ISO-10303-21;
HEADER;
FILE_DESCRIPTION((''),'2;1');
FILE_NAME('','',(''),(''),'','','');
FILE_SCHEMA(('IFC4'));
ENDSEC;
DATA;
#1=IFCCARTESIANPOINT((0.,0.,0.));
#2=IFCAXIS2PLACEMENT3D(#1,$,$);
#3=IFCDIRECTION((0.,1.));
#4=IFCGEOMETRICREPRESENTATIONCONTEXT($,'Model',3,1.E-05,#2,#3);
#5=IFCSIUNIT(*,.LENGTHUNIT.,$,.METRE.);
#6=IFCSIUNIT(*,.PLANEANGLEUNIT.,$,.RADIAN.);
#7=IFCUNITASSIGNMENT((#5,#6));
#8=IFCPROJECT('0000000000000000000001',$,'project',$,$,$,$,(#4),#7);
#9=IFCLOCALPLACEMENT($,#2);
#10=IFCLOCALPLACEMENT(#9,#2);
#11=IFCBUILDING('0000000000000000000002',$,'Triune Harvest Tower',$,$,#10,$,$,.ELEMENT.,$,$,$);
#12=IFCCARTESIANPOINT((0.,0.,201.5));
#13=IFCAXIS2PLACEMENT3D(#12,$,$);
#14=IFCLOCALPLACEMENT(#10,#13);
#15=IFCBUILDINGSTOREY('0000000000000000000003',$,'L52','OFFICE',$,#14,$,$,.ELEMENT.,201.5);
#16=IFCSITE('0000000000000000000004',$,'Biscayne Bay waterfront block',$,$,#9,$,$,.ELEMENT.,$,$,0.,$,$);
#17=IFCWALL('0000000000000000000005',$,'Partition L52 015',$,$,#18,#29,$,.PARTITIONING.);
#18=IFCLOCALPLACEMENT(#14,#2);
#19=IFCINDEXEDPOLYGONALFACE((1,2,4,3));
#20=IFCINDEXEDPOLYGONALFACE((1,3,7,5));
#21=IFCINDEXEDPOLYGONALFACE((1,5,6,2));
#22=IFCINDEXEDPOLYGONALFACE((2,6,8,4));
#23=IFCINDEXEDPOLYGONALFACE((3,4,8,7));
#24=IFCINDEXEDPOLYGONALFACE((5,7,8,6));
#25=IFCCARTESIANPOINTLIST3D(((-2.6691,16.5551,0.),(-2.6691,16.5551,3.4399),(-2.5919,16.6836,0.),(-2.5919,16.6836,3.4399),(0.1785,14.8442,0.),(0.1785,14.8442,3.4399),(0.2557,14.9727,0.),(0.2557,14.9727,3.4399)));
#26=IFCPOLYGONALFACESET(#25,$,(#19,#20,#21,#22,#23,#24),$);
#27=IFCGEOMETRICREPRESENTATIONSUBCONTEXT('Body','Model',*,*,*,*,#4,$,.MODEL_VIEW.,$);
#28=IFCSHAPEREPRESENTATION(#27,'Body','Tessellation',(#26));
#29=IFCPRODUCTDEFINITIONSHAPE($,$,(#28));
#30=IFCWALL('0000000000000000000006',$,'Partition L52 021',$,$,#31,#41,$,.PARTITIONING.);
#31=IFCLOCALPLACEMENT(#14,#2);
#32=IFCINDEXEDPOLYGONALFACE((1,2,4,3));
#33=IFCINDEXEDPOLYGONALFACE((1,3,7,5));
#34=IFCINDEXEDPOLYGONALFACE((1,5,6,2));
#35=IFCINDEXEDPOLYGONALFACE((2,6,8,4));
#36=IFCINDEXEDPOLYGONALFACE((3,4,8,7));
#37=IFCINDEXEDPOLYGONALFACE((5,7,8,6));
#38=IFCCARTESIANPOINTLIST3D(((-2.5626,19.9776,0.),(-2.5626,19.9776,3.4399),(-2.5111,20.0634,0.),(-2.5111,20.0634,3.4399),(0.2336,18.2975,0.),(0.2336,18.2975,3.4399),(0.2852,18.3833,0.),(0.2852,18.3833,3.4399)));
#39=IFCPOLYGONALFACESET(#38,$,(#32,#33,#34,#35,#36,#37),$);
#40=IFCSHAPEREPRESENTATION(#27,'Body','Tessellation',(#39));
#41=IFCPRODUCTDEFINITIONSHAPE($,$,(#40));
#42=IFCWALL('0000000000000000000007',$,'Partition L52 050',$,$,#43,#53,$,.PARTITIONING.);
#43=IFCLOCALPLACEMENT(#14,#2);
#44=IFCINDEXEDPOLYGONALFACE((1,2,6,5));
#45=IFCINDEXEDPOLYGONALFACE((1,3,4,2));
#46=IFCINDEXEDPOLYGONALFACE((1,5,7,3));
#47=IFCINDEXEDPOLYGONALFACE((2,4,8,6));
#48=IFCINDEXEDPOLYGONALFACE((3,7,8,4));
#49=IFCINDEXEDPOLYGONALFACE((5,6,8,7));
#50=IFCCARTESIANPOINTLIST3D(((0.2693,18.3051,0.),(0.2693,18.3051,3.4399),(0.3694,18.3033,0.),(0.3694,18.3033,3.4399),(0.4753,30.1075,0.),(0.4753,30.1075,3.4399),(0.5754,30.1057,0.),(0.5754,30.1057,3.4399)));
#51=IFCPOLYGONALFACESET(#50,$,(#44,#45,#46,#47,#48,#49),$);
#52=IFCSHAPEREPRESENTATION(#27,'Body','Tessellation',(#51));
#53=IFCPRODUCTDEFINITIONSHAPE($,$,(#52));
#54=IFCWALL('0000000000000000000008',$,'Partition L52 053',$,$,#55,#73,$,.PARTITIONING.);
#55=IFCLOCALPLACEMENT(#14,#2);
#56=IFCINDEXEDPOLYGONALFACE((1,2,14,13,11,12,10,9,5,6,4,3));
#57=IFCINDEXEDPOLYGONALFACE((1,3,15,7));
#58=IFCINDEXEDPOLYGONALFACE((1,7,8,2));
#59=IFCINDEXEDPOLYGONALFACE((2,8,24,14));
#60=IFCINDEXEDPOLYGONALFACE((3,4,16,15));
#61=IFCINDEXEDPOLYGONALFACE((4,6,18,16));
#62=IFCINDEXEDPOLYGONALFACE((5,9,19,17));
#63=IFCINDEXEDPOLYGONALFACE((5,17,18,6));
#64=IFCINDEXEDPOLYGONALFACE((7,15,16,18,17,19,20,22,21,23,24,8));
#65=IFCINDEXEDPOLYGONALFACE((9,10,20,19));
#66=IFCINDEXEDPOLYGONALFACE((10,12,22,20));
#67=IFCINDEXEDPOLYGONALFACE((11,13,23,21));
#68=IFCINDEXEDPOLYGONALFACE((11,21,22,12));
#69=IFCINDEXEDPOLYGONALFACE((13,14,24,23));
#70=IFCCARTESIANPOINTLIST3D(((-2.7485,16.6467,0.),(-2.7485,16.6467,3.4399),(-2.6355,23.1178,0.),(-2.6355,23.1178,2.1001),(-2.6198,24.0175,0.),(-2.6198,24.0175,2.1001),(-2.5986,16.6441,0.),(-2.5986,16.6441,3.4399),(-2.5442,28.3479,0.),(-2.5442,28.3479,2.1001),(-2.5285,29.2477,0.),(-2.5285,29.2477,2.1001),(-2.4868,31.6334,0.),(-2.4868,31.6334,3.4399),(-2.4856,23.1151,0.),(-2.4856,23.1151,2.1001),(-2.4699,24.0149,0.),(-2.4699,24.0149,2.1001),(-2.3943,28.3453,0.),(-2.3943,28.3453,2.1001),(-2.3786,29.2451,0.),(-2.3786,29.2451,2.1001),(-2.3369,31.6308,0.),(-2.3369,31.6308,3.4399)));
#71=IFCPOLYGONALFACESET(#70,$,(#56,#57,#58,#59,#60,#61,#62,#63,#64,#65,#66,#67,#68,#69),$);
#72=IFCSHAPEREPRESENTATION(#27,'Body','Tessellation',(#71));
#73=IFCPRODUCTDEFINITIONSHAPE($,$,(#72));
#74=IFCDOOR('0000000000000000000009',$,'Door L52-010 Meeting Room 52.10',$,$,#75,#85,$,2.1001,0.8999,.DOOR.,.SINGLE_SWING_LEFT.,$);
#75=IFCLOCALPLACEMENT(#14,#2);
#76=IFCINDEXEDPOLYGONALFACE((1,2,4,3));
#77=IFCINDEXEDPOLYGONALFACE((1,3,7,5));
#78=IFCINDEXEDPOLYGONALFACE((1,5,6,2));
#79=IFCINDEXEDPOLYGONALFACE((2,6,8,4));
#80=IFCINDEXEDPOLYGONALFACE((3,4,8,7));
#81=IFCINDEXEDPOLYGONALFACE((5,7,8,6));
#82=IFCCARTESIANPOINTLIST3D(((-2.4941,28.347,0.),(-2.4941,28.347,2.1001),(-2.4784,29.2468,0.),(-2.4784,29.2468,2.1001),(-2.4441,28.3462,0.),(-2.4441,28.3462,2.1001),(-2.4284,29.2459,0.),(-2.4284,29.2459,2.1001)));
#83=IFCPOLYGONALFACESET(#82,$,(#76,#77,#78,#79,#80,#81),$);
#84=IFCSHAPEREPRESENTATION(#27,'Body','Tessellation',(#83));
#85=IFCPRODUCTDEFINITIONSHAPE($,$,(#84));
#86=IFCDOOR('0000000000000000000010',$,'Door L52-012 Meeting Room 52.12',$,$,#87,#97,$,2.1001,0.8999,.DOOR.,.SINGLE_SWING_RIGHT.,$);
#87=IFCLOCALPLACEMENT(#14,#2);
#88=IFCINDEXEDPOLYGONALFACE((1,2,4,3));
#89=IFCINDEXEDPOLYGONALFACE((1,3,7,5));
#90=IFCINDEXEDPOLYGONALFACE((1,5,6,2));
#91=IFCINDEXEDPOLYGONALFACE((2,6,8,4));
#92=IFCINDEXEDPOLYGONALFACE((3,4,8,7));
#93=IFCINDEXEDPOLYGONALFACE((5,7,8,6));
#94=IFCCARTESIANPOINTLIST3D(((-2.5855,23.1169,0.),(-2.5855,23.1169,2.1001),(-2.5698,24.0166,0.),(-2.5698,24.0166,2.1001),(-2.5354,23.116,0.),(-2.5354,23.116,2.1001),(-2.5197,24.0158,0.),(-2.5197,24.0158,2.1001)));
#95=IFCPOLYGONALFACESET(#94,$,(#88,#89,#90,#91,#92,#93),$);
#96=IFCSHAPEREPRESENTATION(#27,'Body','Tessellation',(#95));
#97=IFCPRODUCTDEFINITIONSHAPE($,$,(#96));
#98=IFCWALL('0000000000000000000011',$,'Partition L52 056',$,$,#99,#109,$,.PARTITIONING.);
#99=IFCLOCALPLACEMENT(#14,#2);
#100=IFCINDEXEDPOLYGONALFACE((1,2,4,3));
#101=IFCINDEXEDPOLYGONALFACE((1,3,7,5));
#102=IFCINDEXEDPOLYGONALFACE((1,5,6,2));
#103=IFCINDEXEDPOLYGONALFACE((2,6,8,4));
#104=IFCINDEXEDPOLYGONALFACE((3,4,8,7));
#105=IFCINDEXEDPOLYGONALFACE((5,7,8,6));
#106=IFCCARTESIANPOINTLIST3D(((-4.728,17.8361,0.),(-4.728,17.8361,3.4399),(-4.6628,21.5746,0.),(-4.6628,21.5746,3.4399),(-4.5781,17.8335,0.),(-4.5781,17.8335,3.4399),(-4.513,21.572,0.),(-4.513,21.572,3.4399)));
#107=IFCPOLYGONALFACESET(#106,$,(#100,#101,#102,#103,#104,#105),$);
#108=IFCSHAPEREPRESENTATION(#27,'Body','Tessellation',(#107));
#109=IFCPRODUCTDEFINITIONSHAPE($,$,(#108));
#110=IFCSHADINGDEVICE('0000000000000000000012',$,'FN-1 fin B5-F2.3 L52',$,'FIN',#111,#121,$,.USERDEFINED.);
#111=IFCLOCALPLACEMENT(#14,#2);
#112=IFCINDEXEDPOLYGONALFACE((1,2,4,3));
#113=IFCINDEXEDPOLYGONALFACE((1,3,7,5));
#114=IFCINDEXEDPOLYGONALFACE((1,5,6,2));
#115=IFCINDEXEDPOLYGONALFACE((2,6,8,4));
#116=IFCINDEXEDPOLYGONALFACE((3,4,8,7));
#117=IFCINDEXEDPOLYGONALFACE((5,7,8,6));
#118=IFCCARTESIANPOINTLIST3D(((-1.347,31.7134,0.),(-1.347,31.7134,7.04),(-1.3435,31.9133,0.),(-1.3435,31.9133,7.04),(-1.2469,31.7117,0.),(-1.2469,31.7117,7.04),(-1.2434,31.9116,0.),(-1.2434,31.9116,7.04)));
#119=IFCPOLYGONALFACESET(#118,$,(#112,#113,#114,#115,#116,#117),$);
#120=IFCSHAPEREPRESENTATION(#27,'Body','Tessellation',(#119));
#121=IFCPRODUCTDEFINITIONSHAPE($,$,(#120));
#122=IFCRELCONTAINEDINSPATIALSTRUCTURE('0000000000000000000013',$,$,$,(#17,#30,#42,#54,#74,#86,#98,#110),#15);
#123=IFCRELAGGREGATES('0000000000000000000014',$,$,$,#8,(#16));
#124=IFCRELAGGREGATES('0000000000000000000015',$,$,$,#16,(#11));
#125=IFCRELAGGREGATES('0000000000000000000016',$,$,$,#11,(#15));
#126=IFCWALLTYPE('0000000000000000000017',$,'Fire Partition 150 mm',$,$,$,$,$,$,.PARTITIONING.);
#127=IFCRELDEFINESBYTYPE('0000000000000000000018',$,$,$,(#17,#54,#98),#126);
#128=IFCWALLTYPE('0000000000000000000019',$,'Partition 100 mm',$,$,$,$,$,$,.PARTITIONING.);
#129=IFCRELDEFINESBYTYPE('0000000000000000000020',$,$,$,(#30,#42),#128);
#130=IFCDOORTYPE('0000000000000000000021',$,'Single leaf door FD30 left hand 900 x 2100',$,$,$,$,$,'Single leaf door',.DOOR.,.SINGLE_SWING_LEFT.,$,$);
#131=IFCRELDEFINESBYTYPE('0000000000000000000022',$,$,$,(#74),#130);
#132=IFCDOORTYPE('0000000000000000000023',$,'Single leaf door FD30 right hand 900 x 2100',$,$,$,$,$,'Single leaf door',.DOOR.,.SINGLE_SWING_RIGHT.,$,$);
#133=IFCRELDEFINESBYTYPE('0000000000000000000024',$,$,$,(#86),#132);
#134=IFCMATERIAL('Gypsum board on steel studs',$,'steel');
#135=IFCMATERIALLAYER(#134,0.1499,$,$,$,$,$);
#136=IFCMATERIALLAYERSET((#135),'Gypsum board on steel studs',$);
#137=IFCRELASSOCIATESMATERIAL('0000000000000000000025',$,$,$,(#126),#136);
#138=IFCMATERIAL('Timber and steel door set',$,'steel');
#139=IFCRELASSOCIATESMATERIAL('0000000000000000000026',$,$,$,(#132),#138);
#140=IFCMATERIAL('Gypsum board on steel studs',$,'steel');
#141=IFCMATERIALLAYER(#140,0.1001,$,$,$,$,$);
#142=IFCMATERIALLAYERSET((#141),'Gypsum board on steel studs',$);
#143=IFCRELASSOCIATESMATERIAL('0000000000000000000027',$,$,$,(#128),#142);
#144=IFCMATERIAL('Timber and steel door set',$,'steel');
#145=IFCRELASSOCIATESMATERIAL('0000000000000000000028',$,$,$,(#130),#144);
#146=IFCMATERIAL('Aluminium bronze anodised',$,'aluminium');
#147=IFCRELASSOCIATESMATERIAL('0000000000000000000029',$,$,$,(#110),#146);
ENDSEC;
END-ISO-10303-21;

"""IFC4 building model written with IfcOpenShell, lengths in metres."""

from ifc_helpers import new_model, si_unit, direction, frame, frame_2d, origin, origin_2d, place, context, subcontext, project, spatial, rectangle, extrude, source, transform, mapped, material, layer, layer_set, type_object, element, fill, save


model = new_model("IFC4")

# Units and contexts
model_context = context("Model", 3, precision=1e-05, world=origin(), true_north=direction((0.0, 1.0)))
body_context = subcontext(model_context, "Body", "Model", "MODEL_VIEW")
ifc_project = project(units=[si_unit("LENGTHUNIT", "METRE"), si_unit("PLANEANGLEUNIT", "RADIAN")], contexts=[model_context])

# Site, building, storey
site_placement = place(None, origin())
site = spatial("IfcSite", under=ifc_project, at=site_placement, Name="Biscayne Bay waterfront block", CompositionType="ELEMENT", RefElevation=0.0)
building_placement = place(site_placement, origin())
building = spatial("IfcBuilding", under=site, at=building_placement, Name="Triune Harvest Tower", CompositionType="ELEMENT")
storey_placement = place(building_placement, frame((0.0, 0.0, 201.5)))
storey = spatial("IfcBuildingStorey", under=building, at=storey_placement, Name="L52", Description="OFFICE", CompositionType="ELEMENT", Elevation=201.5)

# Shared definitions
ifc_material_1 = material(Name="Gypsum board on steel studs", Category="steel")
ifc_layer_1 = layer(ifc_material_1, 0.1499)
ifc_layer_set_1 = layer_set([ifc_layer_1], Name="Gypsum board on steel studs")
wall_type_1 = type_object("IfcWallType", Name="Fire Partition 150 mm", PredefinedType="PARTITIONING", material=ifc_layer_set_1)
ifc_material_2 = material(Name="Timber and steel door set", Category="steel")
door_type_1 = type_object("IfcDoorType", Name="Single leaf door FD30 right hand 900 x 2100", ElementType="Single leaf door", OperationType="SINGLE_SWING_RIGHT", PredefinedType="DOOR", material=ifc_material_2)

# Walls
ifc_material_3 = material(Name="Gypsum board on steel studs", Category="steel")
ifc_layer_2 = layer(ifc_material_3, 0.1001)
ifc_layer_set_2 = layer_set([ifc_layer_2], Name="Gypsum board on steel studs")
wall_type_2 = type_object("IfcWallType", Name="Partition 100 mm", PredefinedType="PARTITIONING", material=ifc_layer_set_2)
shared_shape_1 = source(origin(), body_context, "Body", "SweptSolid", [
    extrude(rectangle(XDim=3.322, YDim=0.1499, at=frame_2d((1.6611, 0.0))), origin(), (0.0, 0.0, 1.0), 3.4399),
])
wall_1_placement = place(storey_placement, frame((-2.6306, 16.6194, 0.0), z_axis=(0.0, 0.0, 1.0), x_axis=(0.857182, -0.515014, 0.0)))
element("IfcWall", 1, at=wall_1_placement, inside=storey, type_object=wall_type_1, Name="Partition L52 015", PredefinedType="PARTITIONING", context=body_context, shape_type="MappedRepresentation", body=[
    mapped(shared_shape_1, transform((0.0, 0.0, 0.0), scale=1.0)),
])
shared_shape_2 = source(origin(), body_context, "Body", "SweptSolid", [
    extrude(rectangle(XDim=3.2622, YDim=0.1001, at=frame_2d((1.6311, 0.0))), origin(), (0.0, 0.0, 1.0), 3.4399),
])
wall_2_placement = place(storey_placement, frame((-2.5369, 20.0205, 0.0), z_axis=(0.0, 0.0, 1.0), x_axis=(0.857176, -0.515024, 0.0)))
element("IfcWall", 2, at=wall_2_placement, inside=storey, type_object=wall_type_2, Name="Partition L52 021", PredefinedType="PARTITIONING", context=body_context, shape_type="MappedRepresentation", body=[
    mapped(shared_shape_2, transform((0.0, 0.0, 0.0), scale=1.0)),
])
shared_shape_3 = source(origin(), body_context, "Body", "SweptSolid", [
    extrude(rectangle(XDim=11.8042, YDim=0.1001, at=frame_2d((5.9021, 0.0))), origin(), (0.0, 0.0, 1.0), 3.4399),
])
wall_3_placement = place(storey_placement, frame((0.3193, 18.3042, 0.0), z_axis=(0.0, 0.0, 1.0), x_axis=(0.017456, 0.999848, 0.0)))
element("IfcWall", 3, at=wall_3_placement, inside=storey, type_object=wall_type_2, Name="Partition L52 050", PredefinedType="PARTITIONING", context=body_context, shape_type="MappedRepresentation", body=[
    mapped(shared_shape_3, transform((0.0, 0.0, 0.0), scale=1.0)),
])

# Wall, openings, doors
shared_shape_4 = source(origin(), body_context, "Body", "SweptSolid", [
    extrude(rectangle(XDim=14.989, YDim=0.1499, at=frame_2d((7.4946, 0.0))), origin(), (0.0, 0.0, 1.0), 3.4399),
])
wall_4_placement = place(storey_placement, frame((-2.6736, 16.6453, 0.0), z_axis=(0.0, 0.0, 1.0), x_axis=(0.017461, 0.999848, 0.0)))
wall_4 = element("IfcWall", 4, at=wall_4_placement, inside=storey, type_object=wall_type_1, Name="Partition L52 053", PredefinedType="PARTITIONING", context=body_context, shape_type="MappedRepresentation", body=[
    mapped(shared_shape_4, transform((0.0, 0.0, 0.0), scale=1.0)),
])
opening_1_placement = place(wall_4_placement, frame((11.7031, 0.0, 0.0)))
opening_1 = element("IfcOpeningElement", 5, at=opening_1_placement, cuts=wall_4, PredefinedType="OPENING", context=body_context, shape_type="SweptSolid", body=[
    extrude(rectangle(XDim=0.8999, YDim=2.1001, at=frame_2d((0.45, 1.05))), frame((0.0, 0.085, 0.0), z_axis=(0.0, -1.0, 0.0), x_axis=(1.0, 0.0, 0.0)), (0.0, 0.0, 1.0), 0.1699),
])
opening_2_placement = place(wall_4_placement, frame((6.4722, 0.0, 0.0)))
opening_2 = element("IfcOpeningElement", 6, at=opening_2_placement, cuts=wall_4, PredefinedType="OPENING", context=body_context, shape_type="SweptSolid", body=[
    extrude(rectangle(XDim=0.8999, YDim=2.1001, at=frame_2d((0.45, 1.05))), frame((0.0, 0.085, 0.0), z_axis=(0.0, -1.0, 0.0), x_axis=(1.0, 0.0, 0.0)), (0.0, 0.0, 1.0), 0.1699),
])
ifc_material_4 = material(Name="Timber and steel door set", Category="steel")
door_type_2 = type_object("IfcDoorType", Name="Single leaf door FD30 left hand 900 x 2100", ElementType="Single leaf door", OperationType="SINGLE_SWING_LEFT", PredefinedType="DOOR", material=ifc_material_4)
door_1_placement = place(opening_1_placement, origin())
door_1 = element("IfcDoor", 7, at=door_1_placement, inside=storey, type_object=door_type_2, Name="Door L52-010 Meeting Room 52.10", OperationType="SINGLE_SWING_LEFT", OverallHeight=2.1001, OverallWidth=0.8999, PredefinedType="DOOR", context=body_context, shape_type="SweptSolid", body=[
    extrude(rectangle(XDim=0.8999, YDim=2.1001, at=frame_2d((0.45, 1.05))), frame((0.0, 0.0249, 0.0), z_axis=(0.0, -1.0, 0.0), x_axis=(1.0, 0.0, 0.0)), (0.0, 0.0, 1.0), 0.05),
])
fill(opening_1, door_1)
door_2_placement = place(opening_2_placement, origin())
door_2 = element("IfcDoor", 8, at=door_2_placement, inside=storey, type_object=door_type_1, Name="Door L52-012 Meeting Room 52.12", OperationType="SINGLE_SWING_RIGHT", OverallHeight=2.1001, OverallWidth=0.8999, PredefinedType="DOOR", context=body_context, shape_type="SweptSolid", body=[
    extrude(rectangle(XDim=0.8999, YDim=2.1001, at=frame_2d((0.45, 1.05))), frame((0.0, 0.0249, 0.0), z_axis=(0.0, -1.0, 0.0), x_axis=(1.0, 0.0, 0.0)), (0.0, 0.0, 1.0), 0.05),
])
fill(opening_2, door_2)

# Wall
shared_shape_5 = source(origin(), body_context, "Body", "SweptSolid", [
    extrude(rectangle(XDim=3.739, YDim=0.1499, at=frame_2d((1.8696, 0.0))), origin(), (0.0, 0.0, 1.0), 3.4399),
])
wall_5_placement = place(storey_placement, frame((-4.6531, 17.8347, 0.0), z_axis=(0.0, 0.0, 1.0), x_axis=(0.017434, 0.999848, 0.0)))
element("IfcWall", 9, at=wall_5_placement, inside=storey, type_object=wall_type_1, Name="Partition L52 056", PredefinedType="PARTITIONING", context=body_context, shape_type="MappedRepresentation", body=[
    mapped(shared_shape_5, transform((0.0, 0.0, 0.0), scale=1.0)),
])

# Shading device
ifc_material_5 = material(Name="Aluminium bronze anodised", Category="aluminium")
shared_shape_6 = source(origin(), body_context, "Body", "SweptSolid", [
    extrude(rectangle(XDim=0.1001, YDim=0.2, at=origin_2d()), origin(), (0.0, 0.0, 1.0), 7.04),
])
shading_device_placement = place(storey_placement, frame((-1.2952, 31.8125, 0.0), z_axis=(0.0, 0.0, 1.0), x_axis=(-0.999848, 0.017446, 0.0)))
element("IfcShadingDevice", 10, at=shading_device_placement, inside=storey, material=ifc_material_5, Name="FN-1 fin B5-F2.3 L52", ObjectType="FIN", PredefinedType="USERDEFINED", context=body_context, shape_type="MappedRepresentation", body=[
    mapped(shared_shape_6, transform((0.0, 0.0, 0.0), scale=1.0)),
])

save(model, "model.ifc")
